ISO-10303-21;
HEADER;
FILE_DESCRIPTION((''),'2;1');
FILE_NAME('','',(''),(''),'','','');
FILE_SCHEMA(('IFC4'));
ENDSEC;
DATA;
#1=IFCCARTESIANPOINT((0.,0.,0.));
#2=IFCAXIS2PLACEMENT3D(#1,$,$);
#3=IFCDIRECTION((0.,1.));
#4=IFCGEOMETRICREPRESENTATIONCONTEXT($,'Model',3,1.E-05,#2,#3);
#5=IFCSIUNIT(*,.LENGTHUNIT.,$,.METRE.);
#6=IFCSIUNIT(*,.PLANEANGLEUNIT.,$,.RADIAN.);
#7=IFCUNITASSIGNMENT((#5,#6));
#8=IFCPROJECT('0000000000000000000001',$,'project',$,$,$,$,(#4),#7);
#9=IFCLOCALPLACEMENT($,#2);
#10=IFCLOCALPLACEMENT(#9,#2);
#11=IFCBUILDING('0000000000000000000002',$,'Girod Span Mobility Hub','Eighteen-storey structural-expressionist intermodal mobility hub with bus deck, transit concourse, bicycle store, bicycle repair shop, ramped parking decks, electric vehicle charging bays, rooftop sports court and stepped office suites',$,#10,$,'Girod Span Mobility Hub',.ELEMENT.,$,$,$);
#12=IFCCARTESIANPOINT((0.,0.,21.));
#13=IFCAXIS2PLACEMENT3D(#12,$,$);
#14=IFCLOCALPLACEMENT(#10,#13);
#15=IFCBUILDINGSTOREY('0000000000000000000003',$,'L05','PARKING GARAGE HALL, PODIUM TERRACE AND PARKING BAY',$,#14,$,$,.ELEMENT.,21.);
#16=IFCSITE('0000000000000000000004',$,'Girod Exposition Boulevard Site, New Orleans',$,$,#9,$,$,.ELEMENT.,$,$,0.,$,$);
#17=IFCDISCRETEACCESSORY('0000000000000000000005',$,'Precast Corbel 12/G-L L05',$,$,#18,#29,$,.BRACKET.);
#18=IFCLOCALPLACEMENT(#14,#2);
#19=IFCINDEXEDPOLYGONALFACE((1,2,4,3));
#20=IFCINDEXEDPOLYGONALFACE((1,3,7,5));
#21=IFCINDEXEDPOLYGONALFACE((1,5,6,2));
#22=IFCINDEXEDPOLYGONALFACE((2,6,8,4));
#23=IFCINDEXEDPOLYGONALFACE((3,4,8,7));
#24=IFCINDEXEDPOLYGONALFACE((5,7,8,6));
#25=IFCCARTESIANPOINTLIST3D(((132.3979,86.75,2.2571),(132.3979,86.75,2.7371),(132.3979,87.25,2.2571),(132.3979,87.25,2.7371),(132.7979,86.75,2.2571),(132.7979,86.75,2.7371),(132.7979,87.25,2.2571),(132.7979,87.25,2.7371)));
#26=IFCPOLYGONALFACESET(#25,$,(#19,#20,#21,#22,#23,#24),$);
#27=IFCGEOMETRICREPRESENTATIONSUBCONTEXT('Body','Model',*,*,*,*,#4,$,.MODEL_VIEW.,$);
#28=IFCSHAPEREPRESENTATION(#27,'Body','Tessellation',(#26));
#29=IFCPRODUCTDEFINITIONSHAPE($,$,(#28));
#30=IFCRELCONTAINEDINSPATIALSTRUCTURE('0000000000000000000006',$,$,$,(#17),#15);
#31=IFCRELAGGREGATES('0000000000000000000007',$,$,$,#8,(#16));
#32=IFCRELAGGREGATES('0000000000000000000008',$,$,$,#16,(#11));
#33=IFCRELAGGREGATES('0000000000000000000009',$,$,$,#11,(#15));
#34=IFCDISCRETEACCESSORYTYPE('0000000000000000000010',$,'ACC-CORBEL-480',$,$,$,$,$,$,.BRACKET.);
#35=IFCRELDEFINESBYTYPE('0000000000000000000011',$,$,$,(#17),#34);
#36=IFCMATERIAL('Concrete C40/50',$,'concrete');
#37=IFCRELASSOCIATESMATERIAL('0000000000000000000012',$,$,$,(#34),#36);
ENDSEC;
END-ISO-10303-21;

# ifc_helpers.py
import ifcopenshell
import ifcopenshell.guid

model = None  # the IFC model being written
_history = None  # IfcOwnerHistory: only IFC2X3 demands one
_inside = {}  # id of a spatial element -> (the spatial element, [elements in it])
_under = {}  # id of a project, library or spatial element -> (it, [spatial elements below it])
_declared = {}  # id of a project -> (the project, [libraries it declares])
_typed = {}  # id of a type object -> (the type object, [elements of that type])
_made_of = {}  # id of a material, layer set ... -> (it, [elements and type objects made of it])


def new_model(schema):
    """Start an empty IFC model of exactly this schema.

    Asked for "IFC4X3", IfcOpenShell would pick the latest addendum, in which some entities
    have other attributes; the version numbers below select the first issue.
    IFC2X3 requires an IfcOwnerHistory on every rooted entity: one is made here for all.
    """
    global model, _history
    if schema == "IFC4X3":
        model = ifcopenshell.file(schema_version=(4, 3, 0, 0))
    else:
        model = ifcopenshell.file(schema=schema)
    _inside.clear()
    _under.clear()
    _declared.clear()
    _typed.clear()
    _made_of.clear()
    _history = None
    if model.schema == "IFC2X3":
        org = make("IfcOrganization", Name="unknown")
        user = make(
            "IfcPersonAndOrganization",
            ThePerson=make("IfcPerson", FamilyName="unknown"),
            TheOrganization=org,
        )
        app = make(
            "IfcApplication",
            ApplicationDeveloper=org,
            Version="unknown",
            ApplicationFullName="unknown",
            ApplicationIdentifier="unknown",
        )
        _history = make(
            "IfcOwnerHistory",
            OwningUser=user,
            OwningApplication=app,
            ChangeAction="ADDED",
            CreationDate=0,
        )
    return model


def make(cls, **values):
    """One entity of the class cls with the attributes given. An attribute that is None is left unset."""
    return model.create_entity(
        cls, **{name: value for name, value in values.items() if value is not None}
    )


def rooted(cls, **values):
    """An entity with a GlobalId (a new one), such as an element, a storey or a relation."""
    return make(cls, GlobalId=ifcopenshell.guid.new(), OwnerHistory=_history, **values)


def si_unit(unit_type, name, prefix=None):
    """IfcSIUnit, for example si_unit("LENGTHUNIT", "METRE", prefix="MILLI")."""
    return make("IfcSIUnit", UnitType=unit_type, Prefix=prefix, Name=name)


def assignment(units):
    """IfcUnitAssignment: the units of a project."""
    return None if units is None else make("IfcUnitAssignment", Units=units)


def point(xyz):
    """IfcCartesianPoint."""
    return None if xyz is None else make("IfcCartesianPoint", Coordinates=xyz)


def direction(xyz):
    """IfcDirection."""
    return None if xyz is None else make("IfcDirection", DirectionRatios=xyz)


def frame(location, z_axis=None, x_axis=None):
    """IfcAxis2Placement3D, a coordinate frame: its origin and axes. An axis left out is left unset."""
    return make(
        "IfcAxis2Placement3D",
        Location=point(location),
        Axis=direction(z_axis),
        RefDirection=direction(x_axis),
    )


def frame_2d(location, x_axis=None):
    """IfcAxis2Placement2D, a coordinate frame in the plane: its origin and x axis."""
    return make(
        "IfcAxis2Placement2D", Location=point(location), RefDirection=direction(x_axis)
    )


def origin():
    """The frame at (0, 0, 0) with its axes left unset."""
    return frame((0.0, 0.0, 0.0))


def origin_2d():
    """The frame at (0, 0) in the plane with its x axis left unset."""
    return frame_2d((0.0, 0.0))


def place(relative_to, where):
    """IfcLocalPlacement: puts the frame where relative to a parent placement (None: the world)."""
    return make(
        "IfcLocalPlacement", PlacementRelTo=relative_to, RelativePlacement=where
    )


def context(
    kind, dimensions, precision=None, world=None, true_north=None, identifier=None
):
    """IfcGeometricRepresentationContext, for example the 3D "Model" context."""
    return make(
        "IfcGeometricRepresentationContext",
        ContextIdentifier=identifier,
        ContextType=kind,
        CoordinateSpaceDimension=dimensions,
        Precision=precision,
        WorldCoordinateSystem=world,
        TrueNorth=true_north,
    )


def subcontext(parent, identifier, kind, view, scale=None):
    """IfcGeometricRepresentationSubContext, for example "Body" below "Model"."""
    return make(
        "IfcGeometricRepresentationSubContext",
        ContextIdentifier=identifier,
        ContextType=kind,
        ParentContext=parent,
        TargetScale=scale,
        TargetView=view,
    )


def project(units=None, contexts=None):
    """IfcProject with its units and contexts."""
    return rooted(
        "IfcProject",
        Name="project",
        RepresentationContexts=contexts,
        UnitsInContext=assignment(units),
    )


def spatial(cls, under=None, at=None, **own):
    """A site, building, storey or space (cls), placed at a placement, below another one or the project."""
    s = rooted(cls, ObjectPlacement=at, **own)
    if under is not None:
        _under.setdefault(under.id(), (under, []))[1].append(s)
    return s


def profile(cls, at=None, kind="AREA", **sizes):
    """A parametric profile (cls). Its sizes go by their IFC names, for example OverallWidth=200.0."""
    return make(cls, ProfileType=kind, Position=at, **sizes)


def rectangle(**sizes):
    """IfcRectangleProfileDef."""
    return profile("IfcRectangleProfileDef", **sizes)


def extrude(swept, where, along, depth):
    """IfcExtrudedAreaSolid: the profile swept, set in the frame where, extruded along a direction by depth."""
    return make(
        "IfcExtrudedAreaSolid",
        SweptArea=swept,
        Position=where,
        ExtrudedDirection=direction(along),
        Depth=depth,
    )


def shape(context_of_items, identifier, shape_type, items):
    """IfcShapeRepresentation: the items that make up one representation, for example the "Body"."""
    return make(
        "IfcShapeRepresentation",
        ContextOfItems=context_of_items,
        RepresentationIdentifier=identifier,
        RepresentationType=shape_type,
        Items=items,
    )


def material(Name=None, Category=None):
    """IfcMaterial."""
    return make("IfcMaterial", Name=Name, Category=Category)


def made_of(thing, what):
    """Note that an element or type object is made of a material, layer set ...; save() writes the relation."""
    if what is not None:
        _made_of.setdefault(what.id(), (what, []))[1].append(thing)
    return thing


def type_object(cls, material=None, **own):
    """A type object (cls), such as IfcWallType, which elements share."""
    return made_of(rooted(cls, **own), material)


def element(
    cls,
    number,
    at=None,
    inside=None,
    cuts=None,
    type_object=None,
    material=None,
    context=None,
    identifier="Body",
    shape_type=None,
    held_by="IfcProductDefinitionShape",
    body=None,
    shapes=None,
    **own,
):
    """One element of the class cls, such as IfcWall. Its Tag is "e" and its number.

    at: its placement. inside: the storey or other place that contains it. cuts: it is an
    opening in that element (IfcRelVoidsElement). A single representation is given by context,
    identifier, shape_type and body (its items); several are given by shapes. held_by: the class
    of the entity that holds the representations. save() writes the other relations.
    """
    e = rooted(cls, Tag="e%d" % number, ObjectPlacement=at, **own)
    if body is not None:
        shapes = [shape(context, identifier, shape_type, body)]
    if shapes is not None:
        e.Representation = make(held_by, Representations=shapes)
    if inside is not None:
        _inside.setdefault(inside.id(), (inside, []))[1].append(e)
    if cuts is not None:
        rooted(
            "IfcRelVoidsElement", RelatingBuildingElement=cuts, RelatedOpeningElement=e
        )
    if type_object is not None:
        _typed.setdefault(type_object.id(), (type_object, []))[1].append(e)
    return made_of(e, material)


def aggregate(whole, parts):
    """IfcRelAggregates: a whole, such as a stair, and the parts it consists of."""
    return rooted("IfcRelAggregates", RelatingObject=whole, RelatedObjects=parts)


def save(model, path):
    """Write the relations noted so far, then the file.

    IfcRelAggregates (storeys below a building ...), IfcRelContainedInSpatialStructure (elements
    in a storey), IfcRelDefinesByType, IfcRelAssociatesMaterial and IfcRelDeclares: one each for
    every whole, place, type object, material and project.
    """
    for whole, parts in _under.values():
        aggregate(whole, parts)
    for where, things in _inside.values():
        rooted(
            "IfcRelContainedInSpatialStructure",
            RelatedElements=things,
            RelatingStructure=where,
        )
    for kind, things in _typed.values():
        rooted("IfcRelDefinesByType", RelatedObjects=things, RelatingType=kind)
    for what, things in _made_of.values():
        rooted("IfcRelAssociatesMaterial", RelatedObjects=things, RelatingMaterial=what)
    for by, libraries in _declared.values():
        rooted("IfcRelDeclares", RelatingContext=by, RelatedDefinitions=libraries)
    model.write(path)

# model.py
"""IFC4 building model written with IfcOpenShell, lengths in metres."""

from ifc_helpers import new_model, si_unit, direction, frame, origin, origin_2d, place, context, subcontext, project, spatial, rectangle, extrude, material, type_object, element, save


model = new_model("IFC4")

# Units and contexts
model_context = context("Model", 3, precision=1e-05, world=origin(), true_north=direction((0.0, 1.0)))
body_context = subcontext(model_context, "Body", "Model", "MODEL_VIEW")
ifc_project = project(units=[si_unit("LENGTHUNIT", "METRE"), si_unit("PLANEANGLEUNIT", "RADIAN")], contexts=[model_context])

# Site, building, storey
site_placement = place(None, origin())
site = spatial("IfcSite", under=ifc_project, at=site_placement, Name="Girod Exposition Boulevard Site, New Orleans", CompositionType="ELEMENT", RefElevation=0.0)
building_placement = place(site_placement, origin())
building = spatial("IfcBuilding", under=site, at=building_placement, Name="Girod Span Mobility Hub", Description="Eighteen-storey structural-expressionist intermodal mobility hub with bus deck, transit concourse, bicycle store, bicycle repair shop, ramped parking decks, electric vehicle charging bays, rooftop sports court and stepped office suites", LongName="Girod Span Mobility Hub", CompositionType="ELEMENT")
storey_placement = place(building_placement, frame((0.0, 0.0, 21.0)))
storey = spatial("IfcBuildingStorey", under=building, at=storey_placement, Name="L05", Description="PARKING GARAGE HALL, PODIUM TERRACE AND PARKING BAY", CompositionType="ELEMENT", Elevation=21.0)

# Discrete accessory
ifc_material_1 = material(Name="Concrete C40/50", Category="concrete")
discrete_accessory_type = type_object("IfcDiscreteAccessoryType", Name="ACC-CORBEL-480", PredefinedType="BRACKET", material=ifc_material_1)
for number, where, z_axis, x_axis, name in (
    (1, (132.5979, 87.0, 2.2571), (0.0, 0.0, 1.0), (1.0, 0.0, 0.0), "Precast Corbel 12/G-L L05"),
):
    element("IfcDiscreteAccessory", number, at=place(storey_placement, frame(where, z_axis=z_axis, x_axis=x_axis)), inside=storey, type_object=discrete_accessory_type, Name=name, PredefinedType="BRACKET", context=body_context, shape_type="SweptSolid", body=[
        extrude(rectangle(XDim=0.3999, YDim=0.5, at=origin_2d()), origin(), (0.0, 0.0, 1.0), 0.48),
    ])

save(model, "model.ifc")
